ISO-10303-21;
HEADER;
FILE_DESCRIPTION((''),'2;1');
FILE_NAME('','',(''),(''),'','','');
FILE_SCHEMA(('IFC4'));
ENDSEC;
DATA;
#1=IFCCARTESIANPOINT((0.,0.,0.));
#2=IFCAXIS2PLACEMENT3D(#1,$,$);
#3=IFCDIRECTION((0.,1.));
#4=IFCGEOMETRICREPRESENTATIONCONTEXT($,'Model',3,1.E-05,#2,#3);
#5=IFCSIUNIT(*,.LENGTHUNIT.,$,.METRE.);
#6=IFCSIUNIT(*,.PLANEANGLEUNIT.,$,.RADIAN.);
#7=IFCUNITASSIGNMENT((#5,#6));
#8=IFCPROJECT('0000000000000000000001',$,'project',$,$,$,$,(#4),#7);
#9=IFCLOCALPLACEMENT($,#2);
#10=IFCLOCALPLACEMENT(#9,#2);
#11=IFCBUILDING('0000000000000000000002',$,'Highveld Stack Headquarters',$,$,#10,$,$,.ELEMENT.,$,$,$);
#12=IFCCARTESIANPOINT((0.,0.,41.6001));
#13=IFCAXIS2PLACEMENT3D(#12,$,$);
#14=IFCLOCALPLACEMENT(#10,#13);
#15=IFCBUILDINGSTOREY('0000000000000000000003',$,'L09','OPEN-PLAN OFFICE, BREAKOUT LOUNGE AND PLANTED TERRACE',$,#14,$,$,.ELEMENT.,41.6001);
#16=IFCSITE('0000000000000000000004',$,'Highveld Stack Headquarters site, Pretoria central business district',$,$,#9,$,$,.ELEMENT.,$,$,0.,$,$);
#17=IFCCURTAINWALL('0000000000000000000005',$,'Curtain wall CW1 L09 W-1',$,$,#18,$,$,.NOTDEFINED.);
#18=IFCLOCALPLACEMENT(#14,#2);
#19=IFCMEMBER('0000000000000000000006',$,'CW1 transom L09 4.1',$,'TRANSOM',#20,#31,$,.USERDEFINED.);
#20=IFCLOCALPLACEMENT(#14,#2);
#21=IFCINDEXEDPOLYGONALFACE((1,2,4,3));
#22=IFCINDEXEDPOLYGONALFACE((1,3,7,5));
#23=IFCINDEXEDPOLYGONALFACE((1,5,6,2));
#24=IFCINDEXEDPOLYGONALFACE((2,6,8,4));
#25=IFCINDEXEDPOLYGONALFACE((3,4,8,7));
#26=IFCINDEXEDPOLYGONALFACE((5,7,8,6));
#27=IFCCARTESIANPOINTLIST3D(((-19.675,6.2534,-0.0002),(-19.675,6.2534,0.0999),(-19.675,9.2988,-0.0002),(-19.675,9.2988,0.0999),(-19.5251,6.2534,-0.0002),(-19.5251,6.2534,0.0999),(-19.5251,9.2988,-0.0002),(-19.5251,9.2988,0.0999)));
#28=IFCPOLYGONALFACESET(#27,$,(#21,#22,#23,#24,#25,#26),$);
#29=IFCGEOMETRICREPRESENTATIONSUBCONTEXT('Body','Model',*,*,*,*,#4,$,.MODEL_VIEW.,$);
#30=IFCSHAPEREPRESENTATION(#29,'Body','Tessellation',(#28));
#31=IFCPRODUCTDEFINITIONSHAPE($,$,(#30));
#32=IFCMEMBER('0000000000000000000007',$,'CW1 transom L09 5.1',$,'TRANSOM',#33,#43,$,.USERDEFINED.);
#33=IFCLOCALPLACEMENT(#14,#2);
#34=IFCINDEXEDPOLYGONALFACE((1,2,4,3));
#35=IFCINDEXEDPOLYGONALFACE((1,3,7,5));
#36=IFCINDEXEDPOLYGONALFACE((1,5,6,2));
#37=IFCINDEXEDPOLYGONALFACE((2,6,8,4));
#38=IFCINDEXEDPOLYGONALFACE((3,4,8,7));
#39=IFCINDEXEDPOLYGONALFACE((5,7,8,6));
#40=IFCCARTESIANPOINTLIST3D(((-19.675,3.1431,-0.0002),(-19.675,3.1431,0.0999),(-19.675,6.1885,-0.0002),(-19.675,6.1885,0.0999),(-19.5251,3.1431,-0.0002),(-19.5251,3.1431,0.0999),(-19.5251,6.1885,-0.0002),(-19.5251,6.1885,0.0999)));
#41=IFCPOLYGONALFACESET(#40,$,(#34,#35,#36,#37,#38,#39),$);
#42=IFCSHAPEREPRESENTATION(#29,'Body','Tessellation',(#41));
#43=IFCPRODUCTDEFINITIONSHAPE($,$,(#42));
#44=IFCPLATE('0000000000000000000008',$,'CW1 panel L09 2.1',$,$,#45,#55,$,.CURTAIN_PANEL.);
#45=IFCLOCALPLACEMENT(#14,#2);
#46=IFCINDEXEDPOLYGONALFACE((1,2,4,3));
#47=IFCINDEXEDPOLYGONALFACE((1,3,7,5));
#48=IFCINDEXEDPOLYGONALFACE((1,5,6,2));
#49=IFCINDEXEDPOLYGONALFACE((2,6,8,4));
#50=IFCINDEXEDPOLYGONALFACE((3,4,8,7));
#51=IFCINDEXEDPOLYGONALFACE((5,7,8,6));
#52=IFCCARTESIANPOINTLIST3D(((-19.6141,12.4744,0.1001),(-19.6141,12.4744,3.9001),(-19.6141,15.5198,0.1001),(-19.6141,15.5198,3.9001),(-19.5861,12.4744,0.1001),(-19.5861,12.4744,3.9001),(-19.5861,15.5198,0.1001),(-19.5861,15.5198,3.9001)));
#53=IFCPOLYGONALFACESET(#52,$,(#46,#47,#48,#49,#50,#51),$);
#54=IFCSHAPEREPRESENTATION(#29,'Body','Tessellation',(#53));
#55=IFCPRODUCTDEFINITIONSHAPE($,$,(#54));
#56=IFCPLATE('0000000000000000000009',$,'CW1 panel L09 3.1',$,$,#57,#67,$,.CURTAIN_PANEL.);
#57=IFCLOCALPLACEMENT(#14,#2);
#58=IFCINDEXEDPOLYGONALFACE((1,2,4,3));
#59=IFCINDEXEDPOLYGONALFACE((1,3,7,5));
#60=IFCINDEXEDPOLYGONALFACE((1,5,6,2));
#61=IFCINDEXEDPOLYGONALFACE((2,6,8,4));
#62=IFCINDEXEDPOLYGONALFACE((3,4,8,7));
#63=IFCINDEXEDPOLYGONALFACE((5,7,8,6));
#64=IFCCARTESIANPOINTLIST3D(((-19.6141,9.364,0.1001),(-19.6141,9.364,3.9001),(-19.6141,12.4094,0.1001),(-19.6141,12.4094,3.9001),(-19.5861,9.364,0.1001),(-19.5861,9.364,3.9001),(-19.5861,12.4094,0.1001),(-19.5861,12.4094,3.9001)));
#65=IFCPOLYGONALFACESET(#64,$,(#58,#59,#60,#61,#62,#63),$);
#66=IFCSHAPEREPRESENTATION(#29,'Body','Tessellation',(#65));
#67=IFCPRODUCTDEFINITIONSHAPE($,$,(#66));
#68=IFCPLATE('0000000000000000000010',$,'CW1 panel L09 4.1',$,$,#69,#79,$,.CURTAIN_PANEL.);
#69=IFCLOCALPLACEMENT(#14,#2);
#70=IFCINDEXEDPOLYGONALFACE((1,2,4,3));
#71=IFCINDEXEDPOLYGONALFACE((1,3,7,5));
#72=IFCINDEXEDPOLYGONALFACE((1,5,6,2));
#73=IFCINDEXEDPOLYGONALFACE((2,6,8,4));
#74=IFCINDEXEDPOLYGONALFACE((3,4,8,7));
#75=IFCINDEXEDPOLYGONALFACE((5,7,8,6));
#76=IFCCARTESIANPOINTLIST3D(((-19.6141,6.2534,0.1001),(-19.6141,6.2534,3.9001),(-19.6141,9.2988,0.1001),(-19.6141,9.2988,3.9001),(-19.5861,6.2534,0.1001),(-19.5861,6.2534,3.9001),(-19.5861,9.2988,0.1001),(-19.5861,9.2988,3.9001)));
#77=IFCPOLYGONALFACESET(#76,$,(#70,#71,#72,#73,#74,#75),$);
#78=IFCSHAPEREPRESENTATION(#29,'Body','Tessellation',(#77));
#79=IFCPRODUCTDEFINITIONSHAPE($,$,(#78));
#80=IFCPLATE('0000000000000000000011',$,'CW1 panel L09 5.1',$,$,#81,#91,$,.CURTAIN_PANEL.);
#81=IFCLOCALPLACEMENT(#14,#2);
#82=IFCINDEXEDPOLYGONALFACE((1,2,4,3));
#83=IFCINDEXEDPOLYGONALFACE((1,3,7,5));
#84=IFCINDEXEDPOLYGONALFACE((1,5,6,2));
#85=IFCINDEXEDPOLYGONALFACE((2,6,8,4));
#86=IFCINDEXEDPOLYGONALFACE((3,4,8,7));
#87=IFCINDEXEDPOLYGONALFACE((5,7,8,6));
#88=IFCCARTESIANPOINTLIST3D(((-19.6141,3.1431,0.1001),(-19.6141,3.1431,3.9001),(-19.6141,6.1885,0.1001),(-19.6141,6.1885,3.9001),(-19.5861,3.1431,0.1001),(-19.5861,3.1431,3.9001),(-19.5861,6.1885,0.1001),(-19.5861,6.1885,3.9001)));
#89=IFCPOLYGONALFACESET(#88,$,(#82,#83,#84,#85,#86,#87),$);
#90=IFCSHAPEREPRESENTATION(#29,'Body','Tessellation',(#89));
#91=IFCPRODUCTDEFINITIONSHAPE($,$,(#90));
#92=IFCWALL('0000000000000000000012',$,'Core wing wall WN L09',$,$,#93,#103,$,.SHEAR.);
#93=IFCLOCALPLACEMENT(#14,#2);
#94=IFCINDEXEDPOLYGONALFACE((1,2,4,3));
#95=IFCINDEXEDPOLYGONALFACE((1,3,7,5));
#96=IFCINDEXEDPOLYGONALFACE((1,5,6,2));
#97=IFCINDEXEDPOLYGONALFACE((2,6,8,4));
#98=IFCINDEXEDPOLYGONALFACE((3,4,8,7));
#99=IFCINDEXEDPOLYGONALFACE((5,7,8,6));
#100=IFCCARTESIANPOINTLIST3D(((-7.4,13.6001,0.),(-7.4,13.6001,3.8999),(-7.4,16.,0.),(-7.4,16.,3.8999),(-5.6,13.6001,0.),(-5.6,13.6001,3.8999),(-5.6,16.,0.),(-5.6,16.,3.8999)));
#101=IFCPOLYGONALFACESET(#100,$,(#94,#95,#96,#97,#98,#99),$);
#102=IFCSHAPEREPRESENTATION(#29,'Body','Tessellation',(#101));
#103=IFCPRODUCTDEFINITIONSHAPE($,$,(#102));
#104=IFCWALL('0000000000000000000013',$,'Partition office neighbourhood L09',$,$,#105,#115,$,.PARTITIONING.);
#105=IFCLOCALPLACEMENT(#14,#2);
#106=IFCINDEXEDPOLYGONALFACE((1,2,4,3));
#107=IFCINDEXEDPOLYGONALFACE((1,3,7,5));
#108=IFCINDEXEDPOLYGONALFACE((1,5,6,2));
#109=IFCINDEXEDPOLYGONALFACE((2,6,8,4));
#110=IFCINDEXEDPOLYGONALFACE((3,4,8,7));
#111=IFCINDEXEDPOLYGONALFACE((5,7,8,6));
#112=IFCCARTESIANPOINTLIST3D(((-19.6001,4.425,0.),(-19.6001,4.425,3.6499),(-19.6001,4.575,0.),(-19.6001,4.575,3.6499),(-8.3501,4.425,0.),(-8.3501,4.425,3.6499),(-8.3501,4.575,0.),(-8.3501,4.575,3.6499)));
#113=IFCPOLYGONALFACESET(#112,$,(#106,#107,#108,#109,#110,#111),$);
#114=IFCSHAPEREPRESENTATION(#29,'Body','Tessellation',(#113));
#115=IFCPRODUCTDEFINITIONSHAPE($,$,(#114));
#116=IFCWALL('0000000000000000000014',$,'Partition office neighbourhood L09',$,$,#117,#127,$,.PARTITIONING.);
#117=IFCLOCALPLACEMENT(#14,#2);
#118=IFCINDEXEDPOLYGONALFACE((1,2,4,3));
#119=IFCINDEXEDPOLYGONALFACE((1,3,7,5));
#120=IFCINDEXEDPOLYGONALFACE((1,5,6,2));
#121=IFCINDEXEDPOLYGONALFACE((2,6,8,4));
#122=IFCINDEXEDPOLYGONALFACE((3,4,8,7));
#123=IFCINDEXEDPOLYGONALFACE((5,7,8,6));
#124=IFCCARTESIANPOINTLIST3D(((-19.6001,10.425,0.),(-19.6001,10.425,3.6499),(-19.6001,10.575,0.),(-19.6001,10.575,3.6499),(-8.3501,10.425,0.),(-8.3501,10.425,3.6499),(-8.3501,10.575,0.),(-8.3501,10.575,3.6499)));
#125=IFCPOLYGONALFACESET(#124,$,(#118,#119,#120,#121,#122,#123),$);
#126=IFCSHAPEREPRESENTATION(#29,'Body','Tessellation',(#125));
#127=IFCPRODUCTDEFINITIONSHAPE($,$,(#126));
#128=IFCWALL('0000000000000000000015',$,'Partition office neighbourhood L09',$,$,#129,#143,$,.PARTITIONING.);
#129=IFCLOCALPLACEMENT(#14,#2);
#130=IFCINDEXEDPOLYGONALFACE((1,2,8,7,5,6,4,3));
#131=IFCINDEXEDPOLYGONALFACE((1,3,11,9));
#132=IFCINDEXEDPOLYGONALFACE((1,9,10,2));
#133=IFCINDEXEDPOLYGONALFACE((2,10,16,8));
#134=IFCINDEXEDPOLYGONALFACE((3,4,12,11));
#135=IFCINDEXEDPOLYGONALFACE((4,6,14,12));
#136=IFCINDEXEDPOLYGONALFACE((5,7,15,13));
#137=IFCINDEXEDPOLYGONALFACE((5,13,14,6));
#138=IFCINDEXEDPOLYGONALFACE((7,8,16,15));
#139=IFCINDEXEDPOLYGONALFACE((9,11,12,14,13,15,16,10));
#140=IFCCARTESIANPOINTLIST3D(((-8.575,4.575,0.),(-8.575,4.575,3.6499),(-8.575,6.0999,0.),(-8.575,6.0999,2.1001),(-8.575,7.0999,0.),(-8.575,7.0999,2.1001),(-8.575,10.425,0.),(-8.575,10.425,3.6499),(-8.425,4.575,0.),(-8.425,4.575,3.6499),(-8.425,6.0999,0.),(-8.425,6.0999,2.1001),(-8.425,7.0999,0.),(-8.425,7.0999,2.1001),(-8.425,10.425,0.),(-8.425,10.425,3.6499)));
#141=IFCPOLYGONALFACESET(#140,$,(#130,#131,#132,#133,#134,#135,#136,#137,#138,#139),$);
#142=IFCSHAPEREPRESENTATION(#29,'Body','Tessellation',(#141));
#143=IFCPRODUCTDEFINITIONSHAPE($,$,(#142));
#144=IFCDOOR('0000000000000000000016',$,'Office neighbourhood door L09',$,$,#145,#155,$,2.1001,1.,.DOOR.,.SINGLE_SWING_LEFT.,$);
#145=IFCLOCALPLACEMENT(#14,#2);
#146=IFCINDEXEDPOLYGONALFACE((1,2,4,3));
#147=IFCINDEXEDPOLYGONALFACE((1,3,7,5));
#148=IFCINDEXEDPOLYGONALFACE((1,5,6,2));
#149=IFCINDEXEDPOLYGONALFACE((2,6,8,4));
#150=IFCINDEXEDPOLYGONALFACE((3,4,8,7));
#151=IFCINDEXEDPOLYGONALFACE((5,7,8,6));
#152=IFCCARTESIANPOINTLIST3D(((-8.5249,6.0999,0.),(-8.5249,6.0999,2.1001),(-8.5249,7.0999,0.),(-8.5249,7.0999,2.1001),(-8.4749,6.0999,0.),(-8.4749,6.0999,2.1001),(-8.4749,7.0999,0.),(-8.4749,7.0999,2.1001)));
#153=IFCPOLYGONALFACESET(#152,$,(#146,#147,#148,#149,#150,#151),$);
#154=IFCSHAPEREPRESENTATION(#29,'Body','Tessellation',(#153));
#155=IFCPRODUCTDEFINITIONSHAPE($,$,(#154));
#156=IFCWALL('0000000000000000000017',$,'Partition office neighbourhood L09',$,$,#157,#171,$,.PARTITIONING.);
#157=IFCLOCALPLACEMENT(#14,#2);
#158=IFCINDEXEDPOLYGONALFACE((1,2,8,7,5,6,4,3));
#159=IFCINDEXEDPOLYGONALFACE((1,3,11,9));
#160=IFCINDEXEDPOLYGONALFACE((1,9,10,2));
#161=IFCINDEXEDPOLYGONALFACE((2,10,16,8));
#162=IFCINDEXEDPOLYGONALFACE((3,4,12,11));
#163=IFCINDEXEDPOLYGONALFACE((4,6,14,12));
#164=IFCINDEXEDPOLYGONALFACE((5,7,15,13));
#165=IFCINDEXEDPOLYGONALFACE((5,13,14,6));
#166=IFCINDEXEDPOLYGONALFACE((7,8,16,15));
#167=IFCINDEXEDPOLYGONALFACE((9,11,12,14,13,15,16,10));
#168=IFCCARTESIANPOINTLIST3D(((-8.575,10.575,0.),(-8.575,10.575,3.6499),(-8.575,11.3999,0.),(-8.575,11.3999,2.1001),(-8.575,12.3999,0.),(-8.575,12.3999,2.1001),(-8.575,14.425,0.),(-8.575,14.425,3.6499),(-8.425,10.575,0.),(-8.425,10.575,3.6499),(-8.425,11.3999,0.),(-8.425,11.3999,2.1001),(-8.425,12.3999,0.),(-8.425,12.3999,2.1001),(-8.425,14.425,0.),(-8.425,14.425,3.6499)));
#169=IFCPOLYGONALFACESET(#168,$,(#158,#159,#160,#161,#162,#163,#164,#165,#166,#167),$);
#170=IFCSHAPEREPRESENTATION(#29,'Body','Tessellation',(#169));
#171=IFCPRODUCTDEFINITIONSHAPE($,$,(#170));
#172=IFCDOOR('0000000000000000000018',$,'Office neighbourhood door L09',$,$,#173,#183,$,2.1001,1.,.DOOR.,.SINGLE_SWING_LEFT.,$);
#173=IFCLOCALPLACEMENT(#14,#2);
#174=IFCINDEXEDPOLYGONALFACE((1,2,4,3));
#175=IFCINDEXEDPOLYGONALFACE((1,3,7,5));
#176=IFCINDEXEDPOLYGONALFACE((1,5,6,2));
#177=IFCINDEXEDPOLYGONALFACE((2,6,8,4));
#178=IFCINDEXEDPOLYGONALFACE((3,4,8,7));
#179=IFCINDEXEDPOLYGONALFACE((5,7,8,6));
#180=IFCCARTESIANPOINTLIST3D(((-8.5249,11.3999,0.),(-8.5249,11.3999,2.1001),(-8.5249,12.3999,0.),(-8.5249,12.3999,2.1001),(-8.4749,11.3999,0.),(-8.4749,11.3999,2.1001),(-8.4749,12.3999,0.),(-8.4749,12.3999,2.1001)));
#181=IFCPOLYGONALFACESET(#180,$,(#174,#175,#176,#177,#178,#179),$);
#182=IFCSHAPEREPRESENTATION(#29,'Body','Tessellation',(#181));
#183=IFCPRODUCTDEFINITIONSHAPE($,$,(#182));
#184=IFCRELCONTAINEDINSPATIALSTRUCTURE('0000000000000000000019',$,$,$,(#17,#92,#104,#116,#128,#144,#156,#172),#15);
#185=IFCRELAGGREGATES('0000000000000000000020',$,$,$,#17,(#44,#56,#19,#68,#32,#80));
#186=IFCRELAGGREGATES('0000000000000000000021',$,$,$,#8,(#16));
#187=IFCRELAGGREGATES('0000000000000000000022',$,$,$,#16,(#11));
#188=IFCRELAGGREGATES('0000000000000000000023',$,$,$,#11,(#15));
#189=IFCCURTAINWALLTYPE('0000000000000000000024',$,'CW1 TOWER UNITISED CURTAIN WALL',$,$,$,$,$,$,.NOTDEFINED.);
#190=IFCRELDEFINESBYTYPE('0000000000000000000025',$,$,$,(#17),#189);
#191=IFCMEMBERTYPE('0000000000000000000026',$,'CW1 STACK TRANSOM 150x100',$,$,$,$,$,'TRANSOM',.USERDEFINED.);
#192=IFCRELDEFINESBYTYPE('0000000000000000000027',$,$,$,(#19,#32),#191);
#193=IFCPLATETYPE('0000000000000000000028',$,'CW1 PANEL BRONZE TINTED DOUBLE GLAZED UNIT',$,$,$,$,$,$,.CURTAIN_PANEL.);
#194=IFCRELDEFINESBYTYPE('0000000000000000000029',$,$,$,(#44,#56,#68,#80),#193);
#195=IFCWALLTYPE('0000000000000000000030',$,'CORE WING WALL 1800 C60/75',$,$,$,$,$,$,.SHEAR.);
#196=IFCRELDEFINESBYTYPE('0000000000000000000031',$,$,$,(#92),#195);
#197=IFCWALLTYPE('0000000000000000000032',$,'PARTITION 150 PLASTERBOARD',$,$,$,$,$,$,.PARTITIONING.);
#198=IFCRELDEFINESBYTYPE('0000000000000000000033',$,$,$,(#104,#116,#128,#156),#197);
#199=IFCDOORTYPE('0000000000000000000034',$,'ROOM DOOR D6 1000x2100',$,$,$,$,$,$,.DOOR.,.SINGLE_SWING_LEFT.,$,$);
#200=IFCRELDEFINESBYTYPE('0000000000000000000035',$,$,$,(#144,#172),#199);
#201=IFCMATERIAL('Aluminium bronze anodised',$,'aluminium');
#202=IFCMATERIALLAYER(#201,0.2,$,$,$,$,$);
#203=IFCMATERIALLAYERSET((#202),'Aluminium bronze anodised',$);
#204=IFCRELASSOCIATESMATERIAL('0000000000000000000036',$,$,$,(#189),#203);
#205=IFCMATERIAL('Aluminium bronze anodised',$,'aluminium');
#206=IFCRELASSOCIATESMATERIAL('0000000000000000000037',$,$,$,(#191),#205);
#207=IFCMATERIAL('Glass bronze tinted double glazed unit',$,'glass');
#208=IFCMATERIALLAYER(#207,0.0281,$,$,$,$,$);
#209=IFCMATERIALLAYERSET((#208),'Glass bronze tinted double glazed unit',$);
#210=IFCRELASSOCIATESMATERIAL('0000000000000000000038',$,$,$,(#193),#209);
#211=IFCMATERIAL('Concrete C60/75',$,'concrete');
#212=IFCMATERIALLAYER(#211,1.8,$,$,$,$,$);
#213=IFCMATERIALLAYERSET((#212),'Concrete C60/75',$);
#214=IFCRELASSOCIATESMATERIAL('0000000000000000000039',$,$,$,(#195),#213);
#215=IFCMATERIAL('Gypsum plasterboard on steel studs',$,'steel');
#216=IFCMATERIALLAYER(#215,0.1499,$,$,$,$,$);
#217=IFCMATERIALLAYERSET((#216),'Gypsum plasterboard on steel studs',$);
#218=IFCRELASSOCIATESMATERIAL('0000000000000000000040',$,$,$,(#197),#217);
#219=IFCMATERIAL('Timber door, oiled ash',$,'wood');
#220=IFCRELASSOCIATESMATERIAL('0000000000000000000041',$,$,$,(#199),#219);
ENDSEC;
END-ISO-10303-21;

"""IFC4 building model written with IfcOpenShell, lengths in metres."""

from ifc_helpers import new_model, si_unit, direction, frame, frame_2d, origin, origin_2d, place, context, subcontext, project, spatial, rectangle, extrude, material, layer, layer_set, material_profile, profile_set, type_object, element, fill, aggregate, save


model = new_model("IFC4")

# Units and contexts
model_context = context("Model", 3, precision=1e-05, world=origin(), true_north=direction((0.0, 1.0)))
body_context = subcontext(model_context, "Body", "Model", "MODEL_VIEW")
ifc_project = project(units=[si_unit("LENGTHUNIT", "METRE"), si_unit("PLANEANGLEUNIT", "RADIAN")], contexts=[model_context])

# Site, building, storey
site_placement = place(None, origin())
site = spatial("IfcSite", under=ifc_project, at=site_placement, Name="Highveld Stack Headquarters site, Pretoria central business district", CompositionType="ELEMENT", RefElevation=0.0)
building_placement = place(site_placement, origin())
building = spatial("IfcBuilding", under=site, at=building_placement, Name="Highveld Stack Headquarters", CompositionType="ELEMENT")
storey_placement = place(building_placement, frame((0.0, 0.0, 41.6001)))
storey = spatial("IfcBuildingStorey", under=building, at=storey_placement, Name="L09", Description="OPEN-PLAN OFFICE, BREAKOUT LOUNGE AND PLANTED TERRACE", CompositionType="ELEMENT", Elevation=41.6001)

# Curtain wall, members, plates
ifc_material_1 = material(Name="Aluminium bronze anodised", Category="aluminium")
ifc_layer_1 = layer(ifc_material_1, 0.2)
ifc_layer_set_1 = layer_set([ifc_layer_1], Name="Aluminium bronze anodised")
curtain_wall_type = type_object("IfcCurtainWallType", Name="CW1 TOWER UNITISED CURTAIN WALL", PredefinedType="NOTDEFINED", material=ifc_layer_set_1)
curtain_wall_placement = place(storey_placement, origin())
curtain_wall = element("IfcCurtainWall", 1, at=curtain_wall_placement, inside=storey, type_object=curtain_wall_type, Name="Curtain wall CW1 L09 W-1", PredefinedType="NOTDEFINED")
ifc_material_2 = material(Name="Aluminium bronze anodised", Category="aluminium")
ifc_material_profile_1 = material_profile(ifc_material_2, rectangle(XDim=0.1499, YDim=0.1001, at=origin_2d()), Name="CW1 TRANSOM 150x100")
ifc_profile_set_1 = profile_set([ifc_material_profile_1], Name="Aluminium bronze anodised")
member_type_1 = type_object("IfcMemberType", Name="CW1 STACK TRANSOM 150x100", ElementType="TRANSOM", PredefinedType="USERDEFINED", material=ifc_profile_set_1)
member_1_placement = place(storey_placement, frame((-19.6001, 9.2988, 0.0498), z_axis=(0.0, -1.0, 0.0), x_axis=(1.0, 0.0, 0.0)))
member_1 = element("IfcMember", 2, at=member_1_placement, type_object=member_type_1, Name="CW1 transom L09 4.1", ObjectType="TRANSOM", PredefinedType="USERDEFINED", context=body_context, shape_type="SweptSolid", body=[
    extrude(rectangle(XDim=0.1499, YDim=0.1001, at=origin_2d()), origin(), (0.0, 0.0, 1.0), 3.0454),
])
member_2_placement = place(storey_placement, frame((-19.6001, 6.1885, 0.0498), z_axis=(0.0, -1.0, 0.0), x_axis=(1.0, 0.0, 0.0)))
member_2 = element("IfcMember", 3, at=member_2_placement, type_object=member_type_1, Name="CW1 transom L09 5.1", ObjectType="TRANSOM", PredefinedType="USERDEFINED", context=body_context, shape_type="SweptSolid", body=[
    extrude(rectangle(XDim=0.1499, YDim=0.1001, at=origin_2d()), origin(), (0.0, 0.0, 1.0), 3.0454),
])
ifc_material_3 = material(Name="Glass bronze tinted double glazed unit", Category="glass")
ifc_layer_2 = layer(ifc_material_3, 0.0281)
ifc_layer_set_2 = layer_set([ifc_layer_2], Name="Glass bronze tinted double glazed unit")
plate_type = type_object("IfcPlateType", Name="CW1 PANEL BRONZE TINTED DOUBLE GLAZED UNIT", PredefinedType="CURTAIN_PANEL", material=ifc_layer_set_2)
plate_1_placement = place(storey_placement, frame((-19.6001, 13.9971, 0.1001), z_axis=(0.0, 0.0, 1.0), x_axis=(0.0, -1.0, 0.0)))
plate_1 = element("IfcPlate", 4, at=plate_1_placement, type_object=plate_type, Name="CW1 panel L09 2.1", PredefinedType="CURTAIN_PANEL", context=body_context, shape_type="SweptSolid", body=[
    extrude(rectangle(XDim=3.0454, YDim=0.0281, at=origin_2d()), origin(), (0.0, 0.0, 1.0), 3.8),
])
plate_2_placement = place(storey_placement, frame((-19.6001, 10.8867, 0.1001), z_axis=(0.0, 0.0, 1.0), x_axis=(0.0, -1.0, 0.0)))
plate_2 = element("IfcPlate", 5, at=plate_2_placement, type_object=plate_type, Name="CW1 panel L09 3.1", PredefinedType="CURTAIN_PANEL", context=body_context, shape_type="SweptSolid", body=[
    extrude(rectangle(XDim=3.0454, YDim=0.0281, at=origin_2d()), origin(), (0.0, 0.0, 1.0), 3.8),
])
plate_3_placement = place(storey_placement, frame((-19.6001, 7.7761, 0.1001), z_axis=(0.0, 0.0, 1.0), x_axis=(0.0, -1.0, 0.0)))
plate_3 = element("IfcPlate", 6, at=plate_3_placement, type_object=plate_type, Name="CW1 panel L09 4.1", PredefinedType="CURTAIN_PANEL", context=body_context, shape_type="SweptSolid", body=[
    extrude(rectangle(XDim=3.0454, YDim=0.0281, at=origin_2d()), origin(), (0.0, 0.0, 1.0), 3.8),
])
plate_4_placement = place(storey_placement, frame((-19.6001, 4.6658, 0.1001), z_axis=(0.0, 0.0, 1.0), x_axis=(0.0, -1.0, 0.0)))
plate_4 = element("IfcPlate", 7, at=plate_4_placement, type_object=plate_type, Name="CW1 panel L09 5.1", PredefinedType="CURTAIN_PANEL", context=body_context, shape_type="SweptSolid", body=[
    extrude(rectangle(XDim=3.0454, YDim=0.0281, at=origin_2d()), origin(), (0.0, 0.0, 1.0), 3.8),
])
aggregate(curtain_wall, [plate_1, plate_2, member_1, plate_3, member_2, plate_4])

# Walls
ifc_material_4 = material(Name="Concrete C60/75", Category="concrete")
ifc_layer_3 = layer(ifc_material_4, 1.8)
ifc_layer_set_3 = layer_set([ifc_layer_3], Name="Concrete C60/75")
wall_type_1 = type_object("IfcWallType", Name="CORE WING WALL 1800 C60/75", PredefinedType="SHEAR", material=ifc_layer_set_3)
wall_1_placement = place(storey_placement, frame((-6.5, 13.6001, 0.0), z_axis=(0.0, 0.0, 1.0), x_axis=(0.0, 1.0, 0.0)))
element("IfcWall", 8, at=wall_1_placement, inside=storey, type_object=wall_type_1, Name="Core wing wall WN L09", PredefinedType="SHEAR", context=body_context, shape_type="SweptSolid", body=[
    extrude(rectangle(XDim=2.3999, YDim=1.8, at=frame_2d((1.2, 0.0))), origin(), (0.0, 0.0, 1.0), 3.8999),
])
ifc_material_5 = material(Name="Gypsum plasterboard on steel studs", Category="steel")
ifc_layer_4 = layer(ifc_material_5, 0.1499)
ifc_layer_set_4 = layer_set([ifc_layer_4], Name="Gypsum plasterboard on steel studs")
wall_type_2 = type_object("IfcWallType", Name="PARTITION 150 PLASTERBOARD", PredefinedType="PARTITIONING", material=ifc_layer_set_4)
for number, where, z_axis, x_axis, name in (
    (9, (-19.6001, 4.5, 0.0), (0.0, 0.0, 1.0), (1.0, 0.0, 0.0), "Partition office neighbourhood L09"),
    (10, (-19.6001, 10.5, 0.0), (0.0, 0.0, 1.0), (1.0, 0.0, 0.0), "Partition office neighbourhood L09"),
):
    element("IfcWall", number, at=place(storey_placement, frame(where, z_axis=z_axis, x_axis=x_axis)), inside=storey, type_object=wall_type_2, Name=name, PredefinedType="PARTITIONING", context=body_context, shape_type="SweptSolid", body=[
        extrude(rectangle(XDim=11.25, YDim=0.1499, at=frame_2d((5.625, 0.0))), origin(), (0.0, 0.0, 1.0), 3.6499),
    ])

# Walls, openings, doors
wall_2_placement = place(storey_placement, frame((-8.5, 4.575, 0.0), z_axis=(0.0, 0.0, 1.0), x_axis=(0.0, 1.0, 0.0)))
wall_2 = element("IfcWall", 11, at=wall_2_placement, inside=storey, type_object=wall_type_2, Name="Partition office neighbourhood L09", PredefinedType="PARTITIONING", context=body_context, shape_type="SweptSolid", body=[
    extrude(rectangle(XDim=5.8501, YDim=0.1499, at=frame_2d((2.925, 0.0))), origin(), (0.0, 0.0, 1.0), 3.6499),
])
opening_1_placement = place(wall_2_placement, frame((1.5249, 0.0, 0.0)))
opening_1 = element("IfcOpeningElement", 12, at=opening_1_placement, cuts=wall_2, PredefinedType="OPENING", context=body_context, shape_type="SweptSolid", body=[
    extrude(rectangle(XDim=1.0, YDim=2.1001, at=frame_2d((0.5, 1.05))), frame((0.0, 0.085, 0.0), z_axis=(0.0, -1.0, 0.0), x_axis=(1.0, 0.0, 0.0)), (0.0, 0.0, 1.0), 0.1699),
])
ifc_material_6 = material(Name="Timber door, oiled ash", Category="wood")
door_type = type_object("IfcDoorType", Name="ROOM DOOR D6 1000x2100", OperationType="SINGLE_SWING_LEFT", PredefinedType="DOOR", material=ifc_material_6)
door_1_placement = place(opening_1_placement, origin())
door_1 = element("IfcDoor", 13, at=door_1_placement, inside=storey, type_object=door_type, Name="Office neighbourhood door L09", OperationType="SINGLE_SWING_LEFT", OverallHeight=2.1001, OverallWidth=1.0, PredefinedType="DOOR", context=body_context, shape_type="SweptSolid", body=[
    extrude(rectangle(XDim=1.0, YDim=2.1001, at=frame_2d((0.5, 1.05))), frame((0.0, 0.0249, 0.0), z_axis=(0.0, -1.0, 0.0), x_axis=(1.0, 0.0, 0.0)), (0.0, 0.0, 1.0), 0.05),
])
fill(opening_1, door_1)
wall_3_placement = place(storey_placement, frame((-8.5, 10.575, 0.0), z_axis=(0.0, 0.0, 1.0), x_axis=(0.0, 1.0, 0.0)))
wall_3 = element("IfcWall", 14, at=wall_3_placement, inside=storey, type_object=wall_type_2, Name="Partition office neighbourhood L09", PredefinedType="PARTITIONING", context=body_context, shape_type="SweptSolid", body=[
    extrude(rectangle(XDim=3.8501, YDim=0.1499, at=frame_2d((1.925, 0.0))), origin(), (0.0, 0.0, 1.0), 3.6499),
])
opening_2_placement = place(wall_3_placement, frame((0.825, 0.0, 0.0)))
opening_2 = element("IfcOpeningElement", 15, at=opening_2_placement, cuts=wall_3, PredefinedType="OPENING", context=body_context, shape_type="SweptSolid", body=[
    extrude(rectangle(XDim=1.0, YDim=2.1001, at=frame_2d((0.5, 1.05))), frame((0.0, 0.085, 0.0), z_axis=(0.0, -1.0, 0.0), x_axis=(1.0, 0.0, 0.0)), (0.0, 0.0, 1.0), 0.1699),
])
door_2_placement = place(opening_2_placement, origin())
door_2 = element("IfcDoor", 16, at=door_2_placement, inside=storey, type_object=door_type, Name="Office neighbourhood door L09", OperationType="SINGLE_SWING_LEFT", OverallHeight=2.1001, OverallWidth=1.0, PredefinedType="DOOR", context=body_context, shape_type="SweptSolid", body=[
    extrude(rectangle(XDim=1.0, YDim=2.1001, at=frame_2d((0.5, 1.05))), frame((0.0, 0.0249, 0.0), z_axis=(0.0, -1.0, 0.0), x_axis=(1.0, 0.0, 0.0)), (0.0, 0.0, 1.0), 0.05),
])
fill(opening_2, door_2)

save(model, "model.ifc")
